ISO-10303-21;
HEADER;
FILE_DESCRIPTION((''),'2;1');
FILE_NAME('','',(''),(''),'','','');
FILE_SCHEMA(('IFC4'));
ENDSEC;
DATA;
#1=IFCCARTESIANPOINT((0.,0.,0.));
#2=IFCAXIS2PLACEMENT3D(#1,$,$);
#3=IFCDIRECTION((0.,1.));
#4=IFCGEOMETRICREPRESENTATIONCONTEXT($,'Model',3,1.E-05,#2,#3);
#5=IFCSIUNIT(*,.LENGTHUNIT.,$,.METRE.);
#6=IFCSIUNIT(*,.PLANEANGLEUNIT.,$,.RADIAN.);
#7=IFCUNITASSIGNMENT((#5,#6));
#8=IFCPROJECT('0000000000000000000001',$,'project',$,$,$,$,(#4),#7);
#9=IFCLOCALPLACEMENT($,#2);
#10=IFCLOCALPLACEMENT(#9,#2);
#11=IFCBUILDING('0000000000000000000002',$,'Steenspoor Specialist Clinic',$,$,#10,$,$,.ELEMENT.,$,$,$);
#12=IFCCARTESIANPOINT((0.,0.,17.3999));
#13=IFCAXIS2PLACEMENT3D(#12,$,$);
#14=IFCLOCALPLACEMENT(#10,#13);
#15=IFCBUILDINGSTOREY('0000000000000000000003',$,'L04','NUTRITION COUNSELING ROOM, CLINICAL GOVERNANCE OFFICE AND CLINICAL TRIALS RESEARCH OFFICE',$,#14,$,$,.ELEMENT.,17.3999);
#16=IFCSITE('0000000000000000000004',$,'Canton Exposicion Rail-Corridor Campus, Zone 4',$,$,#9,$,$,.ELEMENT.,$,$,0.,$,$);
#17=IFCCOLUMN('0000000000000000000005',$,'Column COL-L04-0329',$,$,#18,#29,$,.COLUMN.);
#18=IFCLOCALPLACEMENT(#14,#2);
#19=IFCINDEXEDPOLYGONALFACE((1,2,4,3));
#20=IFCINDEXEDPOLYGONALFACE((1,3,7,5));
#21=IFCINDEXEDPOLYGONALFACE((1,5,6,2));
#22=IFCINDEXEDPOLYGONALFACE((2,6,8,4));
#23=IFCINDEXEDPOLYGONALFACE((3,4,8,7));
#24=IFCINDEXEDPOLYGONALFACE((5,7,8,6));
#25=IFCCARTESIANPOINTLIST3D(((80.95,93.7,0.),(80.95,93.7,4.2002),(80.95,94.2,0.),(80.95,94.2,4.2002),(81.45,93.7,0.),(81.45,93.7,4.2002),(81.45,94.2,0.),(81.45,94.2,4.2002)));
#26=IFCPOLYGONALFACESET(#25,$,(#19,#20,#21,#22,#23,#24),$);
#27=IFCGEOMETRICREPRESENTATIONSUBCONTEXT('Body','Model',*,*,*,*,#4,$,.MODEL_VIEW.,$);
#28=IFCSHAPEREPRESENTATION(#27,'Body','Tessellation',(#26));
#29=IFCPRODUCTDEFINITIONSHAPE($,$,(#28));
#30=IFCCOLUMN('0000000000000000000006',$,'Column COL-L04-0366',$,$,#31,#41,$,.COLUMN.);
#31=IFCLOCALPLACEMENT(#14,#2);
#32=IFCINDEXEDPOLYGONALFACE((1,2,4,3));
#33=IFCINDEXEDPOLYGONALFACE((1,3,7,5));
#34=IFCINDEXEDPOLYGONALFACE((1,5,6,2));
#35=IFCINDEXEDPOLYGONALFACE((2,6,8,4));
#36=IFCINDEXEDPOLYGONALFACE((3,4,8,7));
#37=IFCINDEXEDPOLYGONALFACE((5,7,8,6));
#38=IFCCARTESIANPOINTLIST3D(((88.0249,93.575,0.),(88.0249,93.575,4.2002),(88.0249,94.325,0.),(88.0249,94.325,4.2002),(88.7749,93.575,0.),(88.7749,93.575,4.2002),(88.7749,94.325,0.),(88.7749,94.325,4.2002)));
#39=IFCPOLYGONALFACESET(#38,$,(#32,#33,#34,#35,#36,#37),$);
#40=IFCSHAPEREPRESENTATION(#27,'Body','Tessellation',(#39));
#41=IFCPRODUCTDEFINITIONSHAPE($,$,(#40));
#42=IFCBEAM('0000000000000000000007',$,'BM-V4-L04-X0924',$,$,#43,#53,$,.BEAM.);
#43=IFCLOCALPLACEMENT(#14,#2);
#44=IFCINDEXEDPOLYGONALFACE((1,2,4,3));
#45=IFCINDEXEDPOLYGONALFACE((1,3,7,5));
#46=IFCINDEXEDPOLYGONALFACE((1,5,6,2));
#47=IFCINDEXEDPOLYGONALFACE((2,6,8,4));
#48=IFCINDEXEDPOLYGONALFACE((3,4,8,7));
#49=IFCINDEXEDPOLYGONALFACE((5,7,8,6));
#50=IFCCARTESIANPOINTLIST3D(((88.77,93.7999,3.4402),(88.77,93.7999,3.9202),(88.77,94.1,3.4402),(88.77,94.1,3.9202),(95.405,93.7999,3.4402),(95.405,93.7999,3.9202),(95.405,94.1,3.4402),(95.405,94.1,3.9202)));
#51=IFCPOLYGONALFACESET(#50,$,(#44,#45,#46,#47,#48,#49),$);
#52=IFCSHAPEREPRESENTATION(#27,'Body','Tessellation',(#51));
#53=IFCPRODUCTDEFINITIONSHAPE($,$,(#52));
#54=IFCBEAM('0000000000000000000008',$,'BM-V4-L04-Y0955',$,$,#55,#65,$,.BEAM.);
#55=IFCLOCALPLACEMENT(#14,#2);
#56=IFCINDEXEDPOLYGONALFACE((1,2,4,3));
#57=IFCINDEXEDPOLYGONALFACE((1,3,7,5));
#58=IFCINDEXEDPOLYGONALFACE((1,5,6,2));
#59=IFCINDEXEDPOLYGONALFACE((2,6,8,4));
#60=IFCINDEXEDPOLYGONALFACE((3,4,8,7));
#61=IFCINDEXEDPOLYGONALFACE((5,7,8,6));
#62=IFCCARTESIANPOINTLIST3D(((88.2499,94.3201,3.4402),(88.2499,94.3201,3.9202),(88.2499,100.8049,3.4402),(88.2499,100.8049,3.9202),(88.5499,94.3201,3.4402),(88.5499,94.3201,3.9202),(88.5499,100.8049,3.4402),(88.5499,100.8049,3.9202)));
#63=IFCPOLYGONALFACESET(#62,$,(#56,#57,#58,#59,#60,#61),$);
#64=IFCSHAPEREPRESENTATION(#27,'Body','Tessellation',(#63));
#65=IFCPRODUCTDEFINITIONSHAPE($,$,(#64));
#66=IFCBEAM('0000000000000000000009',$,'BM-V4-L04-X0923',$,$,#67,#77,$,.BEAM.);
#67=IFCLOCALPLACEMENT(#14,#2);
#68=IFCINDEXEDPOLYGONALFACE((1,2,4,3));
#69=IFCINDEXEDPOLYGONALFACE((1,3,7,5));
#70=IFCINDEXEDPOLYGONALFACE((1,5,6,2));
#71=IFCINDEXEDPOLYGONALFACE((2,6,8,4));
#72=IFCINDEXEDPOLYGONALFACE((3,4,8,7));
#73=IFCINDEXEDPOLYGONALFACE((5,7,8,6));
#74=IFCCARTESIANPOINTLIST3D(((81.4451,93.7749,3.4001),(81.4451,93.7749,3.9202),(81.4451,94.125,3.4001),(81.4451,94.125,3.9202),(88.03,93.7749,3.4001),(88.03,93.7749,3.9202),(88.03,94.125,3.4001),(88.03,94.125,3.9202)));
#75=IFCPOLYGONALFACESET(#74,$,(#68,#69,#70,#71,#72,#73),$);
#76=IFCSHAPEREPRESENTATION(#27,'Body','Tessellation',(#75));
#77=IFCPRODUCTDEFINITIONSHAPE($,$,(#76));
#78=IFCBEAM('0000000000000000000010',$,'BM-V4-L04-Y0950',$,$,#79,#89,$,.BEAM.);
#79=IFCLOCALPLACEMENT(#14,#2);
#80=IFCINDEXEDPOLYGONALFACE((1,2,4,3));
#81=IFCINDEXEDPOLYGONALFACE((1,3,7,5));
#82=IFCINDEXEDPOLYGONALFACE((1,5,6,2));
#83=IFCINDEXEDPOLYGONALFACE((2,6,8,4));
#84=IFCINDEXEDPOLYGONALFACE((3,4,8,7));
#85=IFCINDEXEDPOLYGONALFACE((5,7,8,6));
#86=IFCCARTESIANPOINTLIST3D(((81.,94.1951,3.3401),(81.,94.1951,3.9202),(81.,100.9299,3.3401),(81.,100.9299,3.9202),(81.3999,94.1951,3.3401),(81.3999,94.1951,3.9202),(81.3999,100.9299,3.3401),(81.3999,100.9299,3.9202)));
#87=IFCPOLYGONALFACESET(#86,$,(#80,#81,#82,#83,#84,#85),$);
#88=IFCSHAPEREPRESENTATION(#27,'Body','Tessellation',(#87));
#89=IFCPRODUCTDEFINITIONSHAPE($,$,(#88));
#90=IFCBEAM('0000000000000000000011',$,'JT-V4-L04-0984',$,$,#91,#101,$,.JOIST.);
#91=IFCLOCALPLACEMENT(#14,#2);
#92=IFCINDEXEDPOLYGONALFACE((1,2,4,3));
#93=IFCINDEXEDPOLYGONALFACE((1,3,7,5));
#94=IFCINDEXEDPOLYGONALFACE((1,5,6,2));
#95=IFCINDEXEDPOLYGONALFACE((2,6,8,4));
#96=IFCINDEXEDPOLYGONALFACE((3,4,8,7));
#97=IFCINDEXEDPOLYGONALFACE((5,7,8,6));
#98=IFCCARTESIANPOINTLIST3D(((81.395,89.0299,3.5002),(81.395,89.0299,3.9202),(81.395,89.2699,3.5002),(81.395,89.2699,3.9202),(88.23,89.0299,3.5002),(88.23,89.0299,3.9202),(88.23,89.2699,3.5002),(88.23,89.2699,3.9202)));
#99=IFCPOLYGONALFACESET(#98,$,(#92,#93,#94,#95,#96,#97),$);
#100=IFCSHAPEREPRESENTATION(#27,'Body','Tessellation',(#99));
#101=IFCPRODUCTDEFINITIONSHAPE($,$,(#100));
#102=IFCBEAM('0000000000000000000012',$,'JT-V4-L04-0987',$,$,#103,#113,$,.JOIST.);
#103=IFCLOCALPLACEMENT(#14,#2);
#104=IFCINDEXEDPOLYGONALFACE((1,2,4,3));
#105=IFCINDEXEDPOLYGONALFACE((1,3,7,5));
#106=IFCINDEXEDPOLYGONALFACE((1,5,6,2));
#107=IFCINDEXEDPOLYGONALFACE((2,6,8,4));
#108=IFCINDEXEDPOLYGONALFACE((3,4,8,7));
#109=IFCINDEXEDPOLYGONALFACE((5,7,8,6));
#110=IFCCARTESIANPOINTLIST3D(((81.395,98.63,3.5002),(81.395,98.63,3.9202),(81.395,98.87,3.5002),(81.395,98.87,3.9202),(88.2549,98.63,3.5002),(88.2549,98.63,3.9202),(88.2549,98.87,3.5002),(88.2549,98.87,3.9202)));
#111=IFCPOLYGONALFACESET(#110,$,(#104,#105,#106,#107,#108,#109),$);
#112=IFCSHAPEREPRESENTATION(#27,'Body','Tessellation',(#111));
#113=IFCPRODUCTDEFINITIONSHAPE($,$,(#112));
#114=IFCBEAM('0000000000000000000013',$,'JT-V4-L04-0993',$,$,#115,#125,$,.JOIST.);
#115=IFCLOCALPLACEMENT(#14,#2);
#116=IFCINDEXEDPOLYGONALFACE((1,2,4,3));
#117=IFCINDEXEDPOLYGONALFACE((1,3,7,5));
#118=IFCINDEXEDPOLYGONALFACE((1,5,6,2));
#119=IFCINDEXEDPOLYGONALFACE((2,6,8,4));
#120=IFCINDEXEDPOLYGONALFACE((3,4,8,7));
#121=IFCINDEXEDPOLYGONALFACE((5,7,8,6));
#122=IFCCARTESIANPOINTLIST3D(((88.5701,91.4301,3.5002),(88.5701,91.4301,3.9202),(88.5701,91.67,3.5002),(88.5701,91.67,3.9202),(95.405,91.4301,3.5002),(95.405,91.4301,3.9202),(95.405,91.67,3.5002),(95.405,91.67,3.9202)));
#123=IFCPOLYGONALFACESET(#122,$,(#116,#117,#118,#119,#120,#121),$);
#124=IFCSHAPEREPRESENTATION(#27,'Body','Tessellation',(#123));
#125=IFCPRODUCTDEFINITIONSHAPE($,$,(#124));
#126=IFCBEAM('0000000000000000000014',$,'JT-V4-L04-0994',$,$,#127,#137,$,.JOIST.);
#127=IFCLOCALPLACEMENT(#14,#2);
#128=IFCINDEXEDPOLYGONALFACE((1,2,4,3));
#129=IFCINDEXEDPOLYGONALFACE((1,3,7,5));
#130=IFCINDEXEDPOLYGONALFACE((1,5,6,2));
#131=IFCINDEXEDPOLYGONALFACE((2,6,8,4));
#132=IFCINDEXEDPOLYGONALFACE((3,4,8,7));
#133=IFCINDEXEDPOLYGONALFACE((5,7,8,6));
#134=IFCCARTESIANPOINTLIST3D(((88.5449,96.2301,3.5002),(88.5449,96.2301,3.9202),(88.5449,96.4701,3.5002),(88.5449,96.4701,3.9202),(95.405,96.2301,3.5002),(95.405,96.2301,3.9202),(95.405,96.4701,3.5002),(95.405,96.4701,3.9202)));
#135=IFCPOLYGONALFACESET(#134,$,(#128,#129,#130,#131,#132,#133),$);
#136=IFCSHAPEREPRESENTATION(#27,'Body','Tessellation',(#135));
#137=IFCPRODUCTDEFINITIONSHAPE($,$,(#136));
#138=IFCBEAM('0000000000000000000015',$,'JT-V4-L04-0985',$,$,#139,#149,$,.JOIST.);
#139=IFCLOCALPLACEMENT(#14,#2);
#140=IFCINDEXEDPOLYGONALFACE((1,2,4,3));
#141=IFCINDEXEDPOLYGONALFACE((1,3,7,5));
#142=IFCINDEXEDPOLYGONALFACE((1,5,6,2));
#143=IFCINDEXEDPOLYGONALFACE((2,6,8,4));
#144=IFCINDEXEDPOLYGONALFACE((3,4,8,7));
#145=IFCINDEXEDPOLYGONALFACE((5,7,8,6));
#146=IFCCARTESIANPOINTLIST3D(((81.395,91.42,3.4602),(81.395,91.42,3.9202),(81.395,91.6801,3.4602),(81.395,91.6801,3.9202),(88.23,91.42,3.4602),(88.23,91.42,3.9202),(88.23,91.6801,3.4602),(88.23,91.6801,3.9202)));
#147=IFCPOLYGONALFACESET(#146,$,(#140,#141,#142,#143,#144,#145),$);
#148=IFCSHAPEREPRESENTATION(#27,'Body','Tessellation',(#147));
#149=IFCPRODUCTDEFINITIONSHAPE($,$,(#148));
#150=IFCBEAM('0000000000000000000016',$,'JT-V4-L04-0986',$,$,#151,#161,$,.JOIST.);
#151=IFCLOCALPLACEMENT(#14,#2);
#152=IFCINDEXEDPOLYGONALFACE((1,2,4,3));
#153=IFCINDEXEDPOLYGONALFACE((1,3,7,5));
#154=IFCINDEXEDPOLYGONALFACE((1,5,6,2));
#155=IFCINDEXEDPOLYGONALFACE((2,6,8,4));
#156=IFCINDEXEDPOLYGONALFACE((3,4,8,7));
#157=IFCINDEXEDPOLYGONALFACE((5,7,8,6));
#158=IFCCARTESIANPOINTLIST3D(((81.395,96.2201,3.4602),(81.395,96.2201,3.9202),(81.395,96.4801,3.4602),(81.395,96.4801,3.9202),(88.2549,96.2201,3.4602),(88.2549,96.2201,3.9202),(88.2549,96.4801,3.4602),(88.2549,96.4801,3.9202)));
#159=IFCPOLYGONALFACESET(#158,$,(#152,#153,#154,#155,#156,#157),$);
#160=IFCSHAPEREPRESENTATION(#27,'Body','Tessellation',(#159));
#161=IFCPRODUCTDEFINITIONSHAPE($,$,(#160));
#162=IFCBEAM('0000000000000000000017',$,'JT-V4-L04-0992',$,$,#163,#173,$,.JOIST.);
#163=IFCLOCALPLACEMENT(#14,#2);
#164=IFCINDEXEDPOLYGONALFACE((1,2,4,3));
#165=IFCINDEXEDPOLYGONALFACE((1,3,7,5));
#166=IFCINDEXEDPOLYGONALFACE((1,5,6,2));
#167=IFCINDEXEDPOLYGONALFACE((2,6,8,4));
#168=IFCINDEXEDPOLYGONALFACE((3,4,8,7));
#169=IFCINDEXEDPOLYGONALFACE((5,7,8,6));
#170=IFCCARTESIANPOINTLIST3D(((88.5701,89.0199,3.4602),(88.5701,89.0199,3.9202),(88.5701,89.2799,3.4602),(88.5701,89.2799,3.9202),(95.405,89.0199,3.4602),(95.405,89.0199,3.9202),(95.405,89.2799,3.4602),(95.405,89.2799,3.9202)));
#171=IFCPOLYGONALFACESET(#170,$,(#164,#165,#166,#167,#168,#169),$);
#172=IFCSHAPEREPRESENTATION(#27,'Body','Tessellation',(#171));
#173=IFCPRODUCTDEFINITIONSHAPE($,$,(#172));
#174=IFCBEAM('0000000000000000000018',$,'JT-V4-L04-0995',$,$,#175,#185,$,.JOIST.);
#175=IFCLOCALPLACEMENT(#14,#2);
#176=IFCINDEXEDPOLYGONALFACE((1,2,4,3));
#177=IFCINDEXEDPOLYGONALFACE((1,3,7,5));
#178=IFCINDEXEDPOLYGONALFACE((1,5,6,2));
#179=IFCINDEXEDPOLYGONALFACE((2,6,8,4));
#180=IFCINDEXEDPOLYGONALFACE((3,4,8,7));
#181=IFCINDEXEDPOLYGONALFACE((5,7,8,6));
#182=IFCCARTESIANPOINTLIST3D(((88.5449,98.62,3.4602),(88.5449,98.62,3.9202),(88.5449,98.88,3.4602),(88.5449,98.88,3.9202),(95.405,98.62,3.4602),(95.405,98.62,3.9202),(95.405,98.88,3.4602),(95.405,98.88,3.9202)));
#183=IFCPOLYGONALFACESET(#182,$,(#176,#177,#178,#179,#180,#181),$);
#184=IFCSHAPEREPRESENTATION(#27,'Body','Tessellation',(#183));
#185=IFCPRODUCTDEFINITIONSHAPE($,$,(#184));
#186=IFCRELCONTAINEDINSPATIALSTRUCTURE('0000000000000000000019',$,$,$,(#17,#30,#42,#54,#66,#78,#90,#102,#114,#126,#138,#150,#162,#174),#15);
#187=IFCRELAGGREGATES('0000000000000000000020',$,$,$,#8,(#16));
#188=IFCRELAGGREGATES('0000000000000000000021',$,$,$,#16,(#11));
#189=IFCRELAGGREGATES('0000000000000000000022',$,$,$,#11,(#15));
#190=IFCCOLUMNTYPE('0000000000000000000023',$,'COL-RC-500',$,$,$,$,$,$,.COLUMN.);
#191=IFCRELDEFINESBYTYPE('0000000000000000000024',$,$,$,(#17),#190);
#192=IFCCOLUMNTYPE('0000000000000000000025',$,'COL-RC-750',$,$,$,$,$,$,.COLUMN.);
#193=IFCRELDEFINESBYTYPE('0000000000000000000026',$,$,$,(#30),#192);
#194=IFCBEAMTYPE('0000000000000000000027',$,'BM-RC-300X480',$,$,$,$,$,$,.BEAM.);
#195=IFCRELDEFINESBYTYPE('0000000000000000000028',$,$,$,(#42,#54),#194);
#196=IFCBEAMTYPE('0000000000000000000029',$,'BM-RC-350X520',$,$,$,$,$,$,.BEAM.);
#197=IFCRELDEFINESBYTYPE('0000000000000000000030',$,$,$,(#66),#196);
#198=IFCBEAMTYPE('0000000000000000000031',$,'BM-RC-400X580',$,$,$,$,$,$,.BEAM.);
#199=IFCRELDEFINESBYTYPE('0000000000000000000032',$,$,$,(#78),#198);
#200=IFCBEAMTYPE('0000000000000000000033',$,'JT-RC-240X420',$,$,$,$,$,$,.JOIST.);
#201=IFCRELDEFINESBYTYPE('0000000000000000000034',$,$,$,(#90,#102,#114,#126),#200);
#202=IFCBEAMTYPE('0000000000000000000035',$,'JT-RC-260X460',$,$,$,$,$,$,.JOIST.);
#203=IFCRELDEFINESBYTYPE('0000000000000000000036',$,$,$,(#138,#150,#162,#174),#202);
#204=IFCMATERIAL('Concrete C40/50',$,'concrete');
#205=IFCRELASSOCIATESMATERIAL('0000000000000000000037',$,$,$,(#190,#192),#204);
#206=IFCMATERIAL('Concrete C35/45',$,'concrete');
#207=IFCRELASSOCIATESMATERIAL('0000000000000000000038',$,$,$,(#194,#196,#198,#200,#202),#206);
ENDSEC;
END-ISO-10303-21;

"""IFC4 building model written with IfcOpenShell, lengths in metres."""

from ifc_helpers import new_model, si_unit, direction, frame, origin, origin_2d, place, context, subcontext, project, spatial, rectangle, extrude, material, material_profile, profile_set, type_object, element, save


model = new_model("IFC4")

# Units and contexts
model_context = context("Model", 3, precision=1e-05, world=origin(), true_north=direction((0.0, 1.0)))
body_context = subcontext(model_context, "Body", "Model", "MODEL_VIEW")
ifc_project = project(units=[si_unit("LENGTHUNIT", "METRE"), si_unit("PLANEANGLEUNIT", "RADIAN")], contexts=[model_context])

# Site, building, storey
site_placement = place(None, origin())
site = spatial("IfcSite", under=ifc_project, at=site_placement, Name="Canton Exposicion Rail-Corridor Campus, Zone 4", CompositionType="ELEMENT", RefElevation=0.0)
building_placement = place(site_placement, origin())
building = spatial("IfcBuilding", under=site, at=building_placement, Name="Steenspoor Specialist Clinic", CompositionType="ELEMENT")
storey_placement = place(building_placement, frame((0.0, 0.0, 17.3999)))
storey = spatial("IfcBuildingStorey", under=building, at=storey_placement, Name="L04", Description="NUTRITION COUNSELING ROOM, CLINICAL GOVERNANCE OFFICE AND CLINICAL TRIALS RESEARCH OFFICE", CompositionType="ELEMENT", Elevation=17.3999)

# Columns
ifc_material_1 = material(Name="Concrete C40/50", Category="concrete")
ifc_material_profile_1 = material_profile(ifc_material_1, rectangle(XDim=0.5, YDim=0.5, at=origin_2d()), Name="RC-COL-500X500")
ifc_profile_set_1 = profile_set([ifc_material_profile_1], Name="Concrete C40/50")
column_type_1 = type_object("IfcColumnType", Name="COL-RC-500", PredefinedType="COLUMN", material=ifc_profile_set_1)
column_1_placement = place(storey_placement, frame((81.2, 93.95, 0.0), z_axis=(0.0, 0.0, 1.0), x_axis=(1.0, 0.0, 0.0)))
element("IfcColumn", 1, at=column_1_placement, inside=storey, type_object=column_type_1, Name="Column COL-L04-0329", PredefinedType="COLUMN", context=body_context, shape_type="SweptSolid", body=[
    extrude(rectangle(XDim=0.5, YDim=0.5, at=origin_2d()), origin(), (0.0, 0.0, 1.0), 4.2002),
])
ifc_material_profile_2 = material_profile(ifc_material_1, rectangle(XDim=0.75, YDim=0.75, at=origin_2d()), Name="RC-COL-750X750")
ifc_profile_set_2 = profile_set([ifc_material_profile_2], Name="Concrete C40/50")
column_type_2 = type_object("IfcColumnType", Name="COL-RC-750", PredefinedType="COLUMN", material=ifc_profile_set_2)
column_2_placement = place(storey_placement, frame((88.3999, 93.95, 0.0), z_axis=(0.0, 0.0, 1.0), x_axis=(1.0, 0.0, 0.0)))
element("IfcColumn", 2, at=column_2_placement, inside=storey, type_object=column_type_2, Name="Column COL-L04-0366", PredefinedType="COLUMN", context=body_context, shape_type="SweptSolid", body=[
    extrude(rectangle(XDim=0.75, YDim=0.75, at=origin_2d()), origin(), (0.0, 0.0, 1.0), 4.2002),
])

# Beams
ifc_material_2 = material(Name="Concrete C35/45", Category="concrete")
ifc_material_profile_3 = material_profile(ifc_material_2, rectangle(XDim=0.3, YDim=0.48, at=origin_2d()), Name="RC-BM-300X480")
ifc_profile_set_3 = profile_set([ifc_material_profile_3], Name="Concrete C35/45")
beam_type_1 = type_object("IfcBeamType", Name="BM-RC-300X480", PredefinedType="BEAM", material=ifc_profile_set_3)
beam_1_placement = place(storey_placement, frame((88.77, 93.95, 3.6802), z_axis=(1.0, 0.0, 0.0), x_axis=(0.0, 1.0, 0.0)))
element("IfcBeam", 3, at=beam_1_placement, inside=storey, type_object=beam_type_1, Name="BM-V4-L04-X0924", PredefinedType="BEAM", context=body_context, shape_type="SweptSolid", body=[
    extrude(rectangle(XDim=0.3, YDim=0.48, at=origin_2d()), origin(), (0.0, 0.0, 1.0), 6.635),
])
beam_2_placement = place(storey_placement, frame((88.3999, 94.3201, 3.6802), z_axis=(0.0, 1.0, 0.0), x_axis=(-1.0, 0.0, 0.0)))
element("IfcBeam", 4, at=beam_2_placement, inside=storey, type_object=beam_type_1, Name="BM-V4-L04-Y0955", PredefinedType="BEAM", context=body_context, shape_type="SweptSolid", body=[
    extrude(rectangle(XDim=0.3, YDim=0.48, at=origin_2d()), origin(), (0.0, 0.0, 1.0), 6.4849),
])
ifc_material_profile_4 = material_profile(ifc_material_2, rectangle(XDim=0.3501, YDim=0.52, at=origin_2d()), Name="RC-BM-350X520")
ifc_profile_set_4 = profile_set([ifc_material_profile_4], Name="Concrete C35/45")
beam_type_2 = type_object("IfcBeamType", Name="BM-RC-350X520", PredefinedType="BEAM", material=ifc_profile_set_4)
beam_3_placement = place(storey_placement, frame((81.4451, 93.95, 3.6602), z_axis=(1.0, 0.0, 0.0), x_axis=(0.0, 1.0, 0.0)))
element("IfcBeam", 5, at=beam_3_placement, inside=storey, type_object=beam_type_2, Name="BM-V4-L04-X0923", PredefinedType="BEAM", context=body_context, shape_type="SweptSolid", body=[
    extrude(rectangle(XDim=0.3501, YDim=0.52, at=origin_2d()), origin(), (0.0, 0.0, 1.0), 6.585),
])
ifc_material_profile_5 = material_profile(ifc_material_2, rectangle(XDim=0.3999, YDim=0.5801, at=origin_2d()), Name="RC-BM-400X580")
ifc_profile_set_5 = profile_set([ifc_material_profile_5], Name="Concrete C35/45")
beam_type_3 = type_object("IfcBeamType", Name="BM-RC-400X580", PredefinedType="BEAM", material=ifc_profile_set_5)
beam_4_placement = place(storey_placement, frame((81.2, 94.1951, 3.6301), z_axis=(0.0, 1.0, 0.0), x_axis=(-1.0, 0.0, 0.0)))
element("IfcBeam", 6, at=beam_4_placement, inside=storey, type_object=beam_type_3, Name="BM-V4-L04-Y0950", PredefinedType="BEAM", context=body_context, shape_type="SweptSolid", body=[
    extrude(rectangle(XDim=0.3999, YDim=0.5801, at=origin_2d()), origin(), (0.0, 0.0, 1.0), 6.7349),
])
ifc_material_profile_6 = material_profile(ifc_material_2, rectangle(XDim=0.24, YDim=0.4199, at=origin_2d()), Name="RC-JT-240X420")
ifc_profile_set_6 = profile_set([ifc_material_profile_6], Name="Concrete C35/45")
beam_type_4 = type_object("IfcBeamType", Name="JT-RC-240X420", PredefinedType="JOIST", material=ifc_profile_set_6)
beam_5_placement = place(storey_placement, frame((81.395, 89.1499, 3.7102), z_axis=(1.0, 0.0, 0.0), x_axis=(0.0, 1.0, 0.0)))
element("IfcBeam", 7, at=beam_5_placement, inside=storey, type_object=beam_type_4, Name="JT-V4-L04-0984", PredefinedType="JOIST", context=body_context, shape_type="SweptSolid", body=[
    extrude(rectangle(XDim=0.24, YDim=0.4199, at=origin_2d()), origin(), (0.0, 0.0, 1.0), 6.835),
])
beam_6_placement = place(storey_placement, frame((81.395, 98.75, 3.7102), z_axis=(1.0, 0.0, 0.0), x_axis=(0.0, 1.0, 0.0)))
element("IfcBeam", 8, at=beam_6_placement, inside=storey, type_object=beam_type_4, Name="JT-V4-L04-0987", PredefinedType="JOIST", context=body_context, shape_type="SweptSolid", body=[
    extrude(rectangle(XDim=0.24, YDim=0.4199, at=origin_2d()), origin(), (0.0, 0.0, 1.0), 6.8599),
])
beam_7_placement = place(storey_placement, frame((88.5701, 91.55, 3.7102), z_axis=(1.0, 0.0, 0.0), x_axis=(0.0, 1.0, 0.0)))
element("IfcBeam", 9, at=beam_7_placement, inside=storey, type_object=beam_type_4, Name="JT-V4-L04-0993", PredefinedType="JOIST", context=body_context, shape_type="SweptSolid", body=[
    extrude(rectangle(XDim=0.24, YDim=0.4199, at=origin_2d()), origin(), (0.0, 0.0, 1.0), 6.835),
])
beam_8_placement = place(storey_placement, frame((88.5449, 96.3501, 3.7102), z_axis=(1.0, 0.0, 0.0), x_axis=(0.0, 1.0, 0.0)))
element("IfcBeam", 10, at=beam_8_placement, inside=storey, type_object=beam_type_4, Name="JT-V4-L04-0994", PredefinedType="JOIST", context=body_context, shape_type="SweptSolid", body=[
    extrude(rectangle(XDim=0.24, YDim=0.4199, at=origin_2d()), origin(), (0.0, 0.0, 1.0), 6.8601),
])
ifc_material_profile_7 = material_profile(ifc_material_2, rectangle(XDim=0.26, YDim=0.46, at=origin_2d()), Name="RC-JT-260X460")
ifc_profile_set_7 = profile_set([ifc_material_profile_7], Name="Concrete C35/45")
beam_type_5 = type_object("IfcBeamType", Name="JT-RC-260X460", PredefinedType="JOIST", material=ifc_profile_set_7)
beam_9_placement = place(storey_placement, frame((81.395, 91.55, 3.6902), z_axis=(1.0, 0.0, 0.0), x_axis=(0.0, 1.0, 0.0)))
element("IfcBeam", 11, at=beam_9_placement, inside=storey, type_object=beam_type_5, Name="JT-V4-L04-0985", PredefinedType="JOIST", context=body_context, shape_type="SweptSolid", body=[
    extrude(rectangle(XDim=0.26, YDim=0.46, at=origin_2d()), origin(), (0.0, 0.0, 1.0), 6.835),
])
beam_10_placement = place(storey_placement, frame((81.395, 96.3501, 3.6902), z_axis=(1.0, 0.0, 0.0), x_axis=(0.0, 1.0, 0.0)))
element("IfcBeam", 12, at=beam_10_placement, inside=storey, type_object=beam_type_5, Name="JT-V4-L04-0986", PredefinedType="JOIST", context=body_context, shape_type="SweptSolid", body=[
    extrude(rectangle(XDim=0.26, YDim=0.46, at=origin_2d()), origin(), (0.0, 0.0, 1.0), 6.8599),
])
beam_11_placement = place(storey_placement, frame((88.5701, 89.1499, 3.6902), z_axis=(1.0, 0.0, 0.0), x_axis=(0.0, 1.0, 0.0)))
element("IfcBeam", 13, at=beam_11_placement, inside=storey, type_object=beam_type_5, Name="JT-V4-L04-0992", PredefinedType="JOIST", context=body_context, shape_type="SweptSolid", body=[
    extrude(rectangle(XDim=0.26, YDim=0.46, at=origin_2d()), origin(), (0.0, 0.0, 1.0), 6.835),
])
beam_12_placement = place(storey_placement, frame((88.5449, 98.75, 3.6902), z_axis=(1.0, 0.0, 0.0), x_axis=(0.0, 1.0, 0.0)))
element("IfcBeam", 14, at=beam_12_placement, inside=storey, type_object=beam_type_5, Name="JT-V4-L04-0995", PredefinedType="JOIST", context=body_context, shape_type="SweptSolid", body=[
    extrude(rectangle(XDim=0.26, YDim=0.46, at=origin_2d()), origin(), (0.0, 0.0, 1.0), 6.8601),
])

save(model, "model.ifc")
